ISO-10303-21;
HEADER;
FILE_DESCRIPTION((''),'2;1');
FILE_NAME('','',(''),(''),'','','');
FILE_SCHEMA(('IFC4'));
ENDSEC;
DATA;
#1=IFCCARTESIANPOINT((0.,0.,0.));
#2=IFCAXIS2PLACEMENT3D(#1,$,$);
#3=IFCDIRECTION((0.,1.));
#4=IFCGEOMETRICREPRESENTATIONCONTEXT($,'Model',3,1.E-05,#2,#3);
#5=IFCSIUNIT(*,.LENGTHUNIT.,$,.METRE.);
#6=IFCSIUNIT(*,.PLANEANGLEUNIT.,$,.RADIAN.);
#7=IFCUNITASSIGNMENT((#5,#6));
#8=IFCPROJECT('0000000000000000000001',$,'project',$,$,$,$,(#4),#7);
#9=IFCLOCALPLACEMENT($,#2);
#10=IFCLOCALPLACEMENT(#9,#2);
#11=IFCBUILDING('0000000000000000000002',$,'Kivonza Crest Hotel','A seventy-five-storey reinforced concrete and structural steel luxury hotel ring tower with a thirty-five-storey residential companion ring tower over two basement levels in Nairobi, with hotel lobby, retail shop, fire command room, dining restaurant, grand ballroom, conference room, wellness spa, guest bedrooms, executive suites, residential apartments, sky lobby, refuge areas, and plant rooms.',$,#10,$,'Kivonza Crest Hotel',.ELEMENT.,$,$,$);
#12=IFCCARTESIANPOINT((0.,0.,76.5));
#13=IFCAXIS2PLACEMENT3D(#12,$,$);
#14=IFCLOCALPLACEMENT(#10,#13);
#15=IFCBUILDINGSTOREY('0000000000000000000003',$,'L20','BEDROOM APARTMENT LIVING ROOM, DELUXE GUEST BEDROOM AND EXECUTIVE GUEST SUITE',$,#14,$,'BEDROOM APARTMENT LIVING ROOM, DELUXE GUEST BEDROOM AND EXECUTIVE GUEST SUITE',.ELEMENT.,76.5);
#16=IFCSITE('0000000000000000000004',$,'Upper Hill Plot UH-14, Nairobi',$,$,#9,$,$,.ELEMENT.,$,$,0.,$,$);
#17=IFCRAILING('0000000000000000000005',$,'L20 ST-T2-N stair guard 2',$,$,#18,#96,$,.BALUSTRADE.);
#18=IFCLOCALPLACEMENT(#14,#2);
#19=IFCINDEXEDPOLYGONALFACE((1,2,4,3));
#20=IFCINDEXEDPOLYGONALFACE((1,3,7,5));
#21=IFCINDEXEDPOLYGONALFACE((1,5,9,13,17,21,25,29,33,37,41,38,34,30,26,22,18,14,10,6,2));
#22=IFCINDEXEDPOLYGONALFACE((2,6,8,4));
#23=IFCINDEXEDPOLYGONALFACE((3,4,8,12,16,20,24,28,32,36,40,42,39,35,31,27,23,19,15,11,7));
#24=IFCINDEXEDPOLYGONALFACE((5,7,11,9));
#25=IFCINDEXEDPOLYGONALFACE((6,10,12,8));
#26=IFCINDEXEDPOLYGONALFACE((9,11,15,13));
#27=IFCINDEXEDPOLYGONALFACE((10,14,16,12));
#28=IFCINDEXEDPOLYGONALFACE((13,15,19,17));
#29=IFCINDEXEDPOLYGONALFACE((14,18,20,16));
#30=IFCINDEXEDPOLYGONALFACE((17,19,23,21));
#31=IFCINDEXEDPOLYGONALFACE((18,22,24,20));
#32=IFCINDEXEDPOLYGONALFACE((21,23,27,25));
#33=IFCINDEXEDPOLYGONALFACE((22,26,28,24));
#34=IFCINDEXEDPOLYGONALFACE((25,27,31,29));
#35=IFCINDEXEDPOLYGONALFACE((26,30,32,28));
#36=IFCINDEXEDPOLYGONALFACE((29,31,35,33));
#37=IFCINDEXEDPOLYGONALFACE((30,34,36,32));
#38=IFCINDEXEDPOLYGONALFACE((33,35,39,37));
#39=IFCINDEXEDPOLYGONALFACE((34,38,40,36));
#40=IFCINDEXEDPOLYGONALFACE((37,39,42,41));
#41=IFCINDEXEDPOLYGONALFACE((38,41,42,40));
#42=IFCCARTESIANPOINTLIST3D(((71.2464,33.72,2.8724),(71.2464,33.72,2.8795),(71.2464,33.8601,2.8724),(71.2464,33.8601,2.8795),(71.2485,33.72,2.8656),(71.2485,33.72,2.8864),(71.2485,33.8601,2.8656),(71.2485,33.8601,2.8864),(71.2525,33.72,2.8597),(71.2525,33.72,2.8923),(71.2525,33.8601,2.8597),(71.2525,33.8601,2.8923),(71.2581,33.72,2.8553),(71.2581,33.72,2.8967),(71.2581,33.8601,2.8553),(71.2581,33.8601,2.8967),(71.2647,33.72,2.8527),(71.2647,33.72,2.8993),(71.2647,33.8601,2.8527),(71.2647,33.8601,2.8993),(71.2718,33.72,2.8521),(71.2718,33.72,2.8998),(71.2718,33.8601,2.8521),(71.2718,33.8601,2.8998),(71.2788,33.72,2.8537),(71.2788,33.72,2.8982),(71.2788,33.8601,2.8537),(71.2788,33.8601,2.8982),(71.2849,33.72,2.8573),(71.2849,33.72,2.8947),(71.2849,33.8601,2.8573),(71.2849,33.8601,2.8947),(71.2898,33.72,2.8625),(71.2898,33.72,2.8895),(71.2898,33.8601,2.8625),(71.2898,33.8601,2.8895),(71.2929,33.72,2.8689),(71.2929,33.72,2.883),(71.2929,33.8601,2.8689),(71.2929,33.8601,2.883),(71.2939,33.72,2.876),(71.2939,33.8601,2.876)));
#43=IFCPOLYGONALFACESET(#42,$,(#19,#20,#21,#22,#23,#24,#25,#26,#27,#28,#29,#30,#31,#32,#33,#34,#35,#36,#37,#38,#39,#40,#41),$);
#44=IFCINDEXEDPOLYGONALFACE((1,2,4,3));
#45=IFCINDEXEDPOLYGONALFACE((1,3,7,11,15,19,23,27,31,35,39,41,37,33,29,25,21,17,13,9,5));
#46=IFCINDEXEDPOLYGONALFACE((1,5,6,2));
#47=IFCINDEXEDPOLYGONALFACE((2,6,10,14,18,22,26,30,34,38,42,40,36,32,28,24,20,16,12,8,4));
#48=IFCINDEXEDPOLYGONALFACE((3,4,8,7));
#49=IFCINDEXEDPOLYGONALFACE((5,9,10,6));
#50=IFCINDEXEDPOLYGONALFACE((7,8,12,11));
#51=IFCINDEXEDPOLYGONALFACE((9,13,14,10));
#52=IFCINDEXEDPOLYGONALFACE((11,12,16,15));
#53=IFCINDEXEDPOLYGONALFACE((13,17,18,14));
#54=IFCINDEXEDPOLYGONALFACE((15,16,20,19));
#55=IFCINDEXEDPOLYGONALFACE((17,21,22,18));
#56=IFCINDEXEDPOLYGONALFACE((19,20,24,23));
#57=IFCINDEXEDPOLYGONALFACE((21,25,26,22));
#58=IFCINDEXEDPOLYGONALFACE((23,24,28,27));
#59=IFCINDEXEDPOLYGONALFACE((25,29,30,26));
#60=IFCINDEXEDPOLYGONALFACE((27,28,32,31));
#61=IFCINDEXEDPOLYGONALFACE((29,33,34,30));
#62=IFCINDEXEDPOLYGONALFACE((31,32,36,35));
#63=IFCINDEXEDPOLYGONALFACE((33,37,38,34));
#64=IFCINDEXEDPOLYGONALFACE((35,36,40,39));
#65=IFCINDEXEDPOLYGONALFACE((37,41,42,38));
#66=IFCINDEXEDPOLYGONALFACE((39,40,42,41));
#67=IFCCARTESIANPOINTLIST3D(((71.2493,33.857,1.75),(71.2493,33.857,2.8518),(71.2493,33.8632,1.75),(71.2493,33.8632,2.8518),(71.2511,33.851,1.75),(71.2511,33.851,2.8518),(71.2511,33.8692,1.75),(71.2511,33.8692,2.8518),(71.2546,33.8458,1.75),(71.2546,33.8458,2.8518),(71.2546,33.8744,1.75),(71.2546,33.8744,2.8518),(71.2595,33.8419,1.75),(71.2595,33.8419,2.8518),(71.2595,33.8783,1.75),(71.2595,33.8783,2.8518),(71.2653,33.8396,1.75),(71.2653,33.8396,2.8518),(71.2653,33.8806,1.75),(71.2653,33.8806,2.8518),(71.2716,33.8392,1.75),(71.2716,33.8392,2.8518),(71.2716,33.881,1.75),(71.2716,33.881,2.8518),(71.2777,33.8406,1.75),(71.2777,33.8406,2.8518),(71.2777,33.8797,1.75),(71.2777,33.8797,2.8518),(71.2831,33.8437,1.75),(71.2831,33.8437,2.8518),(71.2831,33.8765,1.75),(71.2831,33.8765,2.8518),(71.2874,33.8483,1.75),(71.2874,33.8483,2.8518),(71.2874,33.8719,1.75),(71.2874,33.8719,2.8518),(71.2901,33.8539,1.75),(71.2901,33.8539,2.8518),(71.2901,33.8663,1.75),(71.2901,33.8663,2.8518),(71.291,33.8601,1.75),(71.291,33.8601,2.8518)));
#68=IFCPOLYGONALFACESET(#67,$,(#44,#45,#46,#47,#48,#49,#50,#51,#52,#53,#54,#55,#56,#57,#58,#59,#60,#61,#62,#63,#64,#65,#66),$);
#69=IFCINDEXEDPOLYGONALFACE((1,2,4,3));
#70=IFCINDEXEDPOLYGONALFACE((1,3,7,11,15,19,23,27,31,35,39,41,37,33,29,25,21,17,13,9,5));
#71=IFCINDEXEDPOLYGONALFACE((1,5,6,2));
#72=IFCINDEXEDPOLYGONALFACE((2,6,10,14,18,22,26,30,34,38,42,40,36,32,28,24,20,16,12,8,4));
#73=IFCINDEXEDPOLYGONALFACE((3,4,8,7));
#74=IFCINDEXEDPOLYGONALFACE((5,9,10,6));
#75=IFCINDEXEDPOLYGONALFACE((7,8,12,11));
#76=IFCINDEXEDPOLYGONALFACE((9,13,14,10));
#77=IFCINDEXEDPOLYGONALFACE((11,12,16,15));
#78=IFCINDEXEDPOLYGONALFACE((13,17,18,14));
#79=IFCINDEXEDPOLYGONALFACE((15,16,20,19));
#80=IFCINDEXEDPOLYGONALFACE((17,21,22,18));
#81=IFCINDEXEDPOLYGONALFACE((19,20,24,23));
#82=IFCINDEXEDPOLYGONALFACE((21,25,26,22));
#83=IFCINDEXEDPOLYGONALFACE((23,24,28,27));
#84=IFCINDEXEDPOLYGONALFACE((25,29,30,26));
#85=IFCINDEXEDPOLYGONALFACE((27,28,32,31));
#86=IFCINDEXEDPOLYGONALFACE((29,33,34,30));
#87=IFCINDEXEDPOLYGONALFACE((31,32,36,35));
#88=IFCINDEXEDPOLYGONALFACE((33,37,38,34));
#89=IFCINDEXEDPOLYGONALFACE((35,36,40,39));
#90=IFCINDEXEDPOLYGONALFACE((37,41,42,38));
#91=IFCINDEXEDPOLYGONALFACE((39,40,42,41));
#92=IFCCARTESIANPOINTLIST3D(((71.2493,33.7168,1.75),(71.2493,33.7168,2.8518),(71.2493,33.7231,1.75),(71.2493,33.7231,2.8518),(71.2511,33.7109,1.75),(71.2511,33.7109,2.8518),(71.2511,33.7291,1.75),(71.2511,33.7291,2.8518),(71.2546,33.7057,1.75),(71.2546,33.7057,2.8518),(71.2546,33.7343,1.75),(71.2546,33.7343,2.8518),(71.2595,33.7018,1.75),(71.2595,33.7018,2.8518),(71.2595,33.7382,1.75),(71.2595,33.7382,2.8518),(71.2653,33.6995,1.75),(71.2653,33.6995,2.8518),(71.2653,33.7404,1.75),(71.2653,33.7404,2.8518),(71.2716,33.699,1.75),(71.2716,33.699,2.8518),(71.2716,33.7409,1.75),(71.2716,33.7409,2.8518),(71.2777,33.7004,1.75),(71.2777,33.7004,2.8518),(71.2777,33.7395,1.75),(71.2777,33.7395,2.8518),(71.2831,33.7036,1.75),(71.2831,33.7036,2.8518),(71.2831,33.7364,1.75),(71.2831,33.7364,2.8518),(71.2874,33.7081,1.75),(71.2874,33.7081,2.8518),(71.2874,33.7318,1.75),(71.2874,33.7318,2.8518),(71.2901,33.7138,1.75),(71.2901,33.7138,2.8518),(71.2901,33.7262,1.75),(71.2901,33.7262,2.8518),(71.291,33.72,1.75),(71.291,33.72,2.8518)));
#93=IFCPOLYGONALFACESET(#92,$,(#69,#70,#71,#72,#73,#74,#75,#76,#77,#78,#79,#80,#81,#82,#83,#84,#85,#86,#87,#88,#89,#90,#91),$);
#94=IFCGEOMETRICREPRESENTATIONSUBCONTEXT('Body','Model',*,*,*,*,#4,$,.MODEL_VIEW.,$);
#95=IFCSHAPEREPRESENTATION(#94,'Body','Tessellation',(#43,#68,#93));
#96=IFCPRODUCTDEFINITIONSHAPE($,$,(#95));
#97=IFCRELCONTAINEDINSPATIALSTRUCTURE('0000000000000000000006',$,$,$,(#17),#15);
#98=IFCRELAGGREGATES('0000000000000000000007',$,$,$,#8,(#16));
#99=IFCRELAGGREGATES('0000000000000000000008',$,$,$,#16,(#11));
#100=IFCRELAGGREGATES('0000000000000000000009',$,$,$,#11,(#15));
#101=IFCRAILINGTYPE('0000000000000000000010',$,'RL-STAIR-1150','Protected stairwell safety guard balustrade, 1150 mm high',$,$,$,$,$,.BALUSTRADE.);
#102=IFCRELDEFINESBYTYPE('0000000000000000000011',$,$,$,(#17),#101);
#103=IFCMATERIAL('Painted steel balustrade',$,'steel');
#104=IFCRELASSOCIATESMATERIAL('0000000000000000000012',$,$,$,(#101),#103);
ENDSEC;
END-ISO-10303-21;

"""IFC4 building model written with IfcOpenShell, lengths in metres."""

from ifc_helpers import new_model, si_unit, direction, frame, origin, origin_2d, place, context, subcontext, project, spatial, circle, extrude, material, type_object, element, save


model = new_model("IFC4")

# Units and contexts
model_context = context("Model", 3, precision=1e-05, world=origin(), true_north=direction((0.0, 1.0)))
body_context = subcontext(model_context, "Body", "Model", "MODEL_VIEW")
ifc_project = project(units=[si_unit("LENGTHUNIT", "METRE"), si_unit("PLANEANGLEUNIT", "RADIAN")], contexts=[model_context])

# Site, building, storey
site_placement = place(None, origin())
site = spatial("IfcSite", under=ifc_project, at=site_placement, Name="Upper Hill Plot UH-14, Nairobi", CompositionType="ELEMENT", RefElevation=0.0)
building_placement = place(site_placement, origin())
building = spatial("IfcBuilding", under=site, at=building_placement, Name="Kivonza Crest Hotel", Description="A seventy-five-storey reinforced concrete and structural steel luxury hotel ring tower with a thirty-five-storey residential companion ring tower over two basement levels in Nairobi, with hotel lobby, retail shop, fire command room, dining restaurant, grand ballroom, conference room, wellness spa, guest bedrooms, executive suites, residential apartments, sky lobby, refuge areas, and plant rooms.", LongName="Kivonza Crest Hotel", CompositionType="ELEMENT")
storey_placement = place(building_placement, frame((0.0, 0.0, 76.5)))
storey = spatial("IfcBuildingStorey", under=building, at=storey_placement, Name="L20", Description="BEDROOM APARTMENT LIVING ROOM, DELUXE GUEST BEDROOM AND EXECUTIVE GUEST SUITE", LongName="BEDROOM APARTMENT LIVING ROOM, DELUXE GUEST BEDROOM AND EXECUTIVE GUEST SUITE", CompositionType="ELEMENT", Elevation=76.5)

# Railing
ifc_material_1 = material(Name="Painted steel balustrade", Category="steel")
railing_type_1 = type_object("IfcRailingType", Name="RL-STAIR-1150", Description="Protected stairwell safety guard balustrade, 1150 mm high", PredefinedType="BALUSTRADE", material=ifc_material_1)
railing_1_placement = place(storey_placement, frame((71.27, 33.8601, 1.75)))
element("IfcRailing", 1, at=railing_1_placement, inside=storey, type_object=railing_type_1, Name="L20 ST-T2-N stair guard 2", PredefinedType="BALUSTRADE", context=body_context, shape_type="SweptSolid", body=[
    extrude(circle(Radius=0.0239, at=origin_2d()), frame((0.0, 0.0, 1.126), z_axis=(0.0, -1.0, 0.0), x_axis=(1.0, 0.0, 0.0)), (0.0, 0.0, 1.0), 0.1401),
    extrude(circle(Radius=0.021, at=origin_2d()), origin(), (0.0, 0.0, 1.0), 1.1018),
    extrude(circle(Radius=0.021, at=origin_2d()), frame((0.0, -0.1401, 0.0)), (0.0, 0.0, 1.0), 1.1018),
])

save(model, "model.ifc")
